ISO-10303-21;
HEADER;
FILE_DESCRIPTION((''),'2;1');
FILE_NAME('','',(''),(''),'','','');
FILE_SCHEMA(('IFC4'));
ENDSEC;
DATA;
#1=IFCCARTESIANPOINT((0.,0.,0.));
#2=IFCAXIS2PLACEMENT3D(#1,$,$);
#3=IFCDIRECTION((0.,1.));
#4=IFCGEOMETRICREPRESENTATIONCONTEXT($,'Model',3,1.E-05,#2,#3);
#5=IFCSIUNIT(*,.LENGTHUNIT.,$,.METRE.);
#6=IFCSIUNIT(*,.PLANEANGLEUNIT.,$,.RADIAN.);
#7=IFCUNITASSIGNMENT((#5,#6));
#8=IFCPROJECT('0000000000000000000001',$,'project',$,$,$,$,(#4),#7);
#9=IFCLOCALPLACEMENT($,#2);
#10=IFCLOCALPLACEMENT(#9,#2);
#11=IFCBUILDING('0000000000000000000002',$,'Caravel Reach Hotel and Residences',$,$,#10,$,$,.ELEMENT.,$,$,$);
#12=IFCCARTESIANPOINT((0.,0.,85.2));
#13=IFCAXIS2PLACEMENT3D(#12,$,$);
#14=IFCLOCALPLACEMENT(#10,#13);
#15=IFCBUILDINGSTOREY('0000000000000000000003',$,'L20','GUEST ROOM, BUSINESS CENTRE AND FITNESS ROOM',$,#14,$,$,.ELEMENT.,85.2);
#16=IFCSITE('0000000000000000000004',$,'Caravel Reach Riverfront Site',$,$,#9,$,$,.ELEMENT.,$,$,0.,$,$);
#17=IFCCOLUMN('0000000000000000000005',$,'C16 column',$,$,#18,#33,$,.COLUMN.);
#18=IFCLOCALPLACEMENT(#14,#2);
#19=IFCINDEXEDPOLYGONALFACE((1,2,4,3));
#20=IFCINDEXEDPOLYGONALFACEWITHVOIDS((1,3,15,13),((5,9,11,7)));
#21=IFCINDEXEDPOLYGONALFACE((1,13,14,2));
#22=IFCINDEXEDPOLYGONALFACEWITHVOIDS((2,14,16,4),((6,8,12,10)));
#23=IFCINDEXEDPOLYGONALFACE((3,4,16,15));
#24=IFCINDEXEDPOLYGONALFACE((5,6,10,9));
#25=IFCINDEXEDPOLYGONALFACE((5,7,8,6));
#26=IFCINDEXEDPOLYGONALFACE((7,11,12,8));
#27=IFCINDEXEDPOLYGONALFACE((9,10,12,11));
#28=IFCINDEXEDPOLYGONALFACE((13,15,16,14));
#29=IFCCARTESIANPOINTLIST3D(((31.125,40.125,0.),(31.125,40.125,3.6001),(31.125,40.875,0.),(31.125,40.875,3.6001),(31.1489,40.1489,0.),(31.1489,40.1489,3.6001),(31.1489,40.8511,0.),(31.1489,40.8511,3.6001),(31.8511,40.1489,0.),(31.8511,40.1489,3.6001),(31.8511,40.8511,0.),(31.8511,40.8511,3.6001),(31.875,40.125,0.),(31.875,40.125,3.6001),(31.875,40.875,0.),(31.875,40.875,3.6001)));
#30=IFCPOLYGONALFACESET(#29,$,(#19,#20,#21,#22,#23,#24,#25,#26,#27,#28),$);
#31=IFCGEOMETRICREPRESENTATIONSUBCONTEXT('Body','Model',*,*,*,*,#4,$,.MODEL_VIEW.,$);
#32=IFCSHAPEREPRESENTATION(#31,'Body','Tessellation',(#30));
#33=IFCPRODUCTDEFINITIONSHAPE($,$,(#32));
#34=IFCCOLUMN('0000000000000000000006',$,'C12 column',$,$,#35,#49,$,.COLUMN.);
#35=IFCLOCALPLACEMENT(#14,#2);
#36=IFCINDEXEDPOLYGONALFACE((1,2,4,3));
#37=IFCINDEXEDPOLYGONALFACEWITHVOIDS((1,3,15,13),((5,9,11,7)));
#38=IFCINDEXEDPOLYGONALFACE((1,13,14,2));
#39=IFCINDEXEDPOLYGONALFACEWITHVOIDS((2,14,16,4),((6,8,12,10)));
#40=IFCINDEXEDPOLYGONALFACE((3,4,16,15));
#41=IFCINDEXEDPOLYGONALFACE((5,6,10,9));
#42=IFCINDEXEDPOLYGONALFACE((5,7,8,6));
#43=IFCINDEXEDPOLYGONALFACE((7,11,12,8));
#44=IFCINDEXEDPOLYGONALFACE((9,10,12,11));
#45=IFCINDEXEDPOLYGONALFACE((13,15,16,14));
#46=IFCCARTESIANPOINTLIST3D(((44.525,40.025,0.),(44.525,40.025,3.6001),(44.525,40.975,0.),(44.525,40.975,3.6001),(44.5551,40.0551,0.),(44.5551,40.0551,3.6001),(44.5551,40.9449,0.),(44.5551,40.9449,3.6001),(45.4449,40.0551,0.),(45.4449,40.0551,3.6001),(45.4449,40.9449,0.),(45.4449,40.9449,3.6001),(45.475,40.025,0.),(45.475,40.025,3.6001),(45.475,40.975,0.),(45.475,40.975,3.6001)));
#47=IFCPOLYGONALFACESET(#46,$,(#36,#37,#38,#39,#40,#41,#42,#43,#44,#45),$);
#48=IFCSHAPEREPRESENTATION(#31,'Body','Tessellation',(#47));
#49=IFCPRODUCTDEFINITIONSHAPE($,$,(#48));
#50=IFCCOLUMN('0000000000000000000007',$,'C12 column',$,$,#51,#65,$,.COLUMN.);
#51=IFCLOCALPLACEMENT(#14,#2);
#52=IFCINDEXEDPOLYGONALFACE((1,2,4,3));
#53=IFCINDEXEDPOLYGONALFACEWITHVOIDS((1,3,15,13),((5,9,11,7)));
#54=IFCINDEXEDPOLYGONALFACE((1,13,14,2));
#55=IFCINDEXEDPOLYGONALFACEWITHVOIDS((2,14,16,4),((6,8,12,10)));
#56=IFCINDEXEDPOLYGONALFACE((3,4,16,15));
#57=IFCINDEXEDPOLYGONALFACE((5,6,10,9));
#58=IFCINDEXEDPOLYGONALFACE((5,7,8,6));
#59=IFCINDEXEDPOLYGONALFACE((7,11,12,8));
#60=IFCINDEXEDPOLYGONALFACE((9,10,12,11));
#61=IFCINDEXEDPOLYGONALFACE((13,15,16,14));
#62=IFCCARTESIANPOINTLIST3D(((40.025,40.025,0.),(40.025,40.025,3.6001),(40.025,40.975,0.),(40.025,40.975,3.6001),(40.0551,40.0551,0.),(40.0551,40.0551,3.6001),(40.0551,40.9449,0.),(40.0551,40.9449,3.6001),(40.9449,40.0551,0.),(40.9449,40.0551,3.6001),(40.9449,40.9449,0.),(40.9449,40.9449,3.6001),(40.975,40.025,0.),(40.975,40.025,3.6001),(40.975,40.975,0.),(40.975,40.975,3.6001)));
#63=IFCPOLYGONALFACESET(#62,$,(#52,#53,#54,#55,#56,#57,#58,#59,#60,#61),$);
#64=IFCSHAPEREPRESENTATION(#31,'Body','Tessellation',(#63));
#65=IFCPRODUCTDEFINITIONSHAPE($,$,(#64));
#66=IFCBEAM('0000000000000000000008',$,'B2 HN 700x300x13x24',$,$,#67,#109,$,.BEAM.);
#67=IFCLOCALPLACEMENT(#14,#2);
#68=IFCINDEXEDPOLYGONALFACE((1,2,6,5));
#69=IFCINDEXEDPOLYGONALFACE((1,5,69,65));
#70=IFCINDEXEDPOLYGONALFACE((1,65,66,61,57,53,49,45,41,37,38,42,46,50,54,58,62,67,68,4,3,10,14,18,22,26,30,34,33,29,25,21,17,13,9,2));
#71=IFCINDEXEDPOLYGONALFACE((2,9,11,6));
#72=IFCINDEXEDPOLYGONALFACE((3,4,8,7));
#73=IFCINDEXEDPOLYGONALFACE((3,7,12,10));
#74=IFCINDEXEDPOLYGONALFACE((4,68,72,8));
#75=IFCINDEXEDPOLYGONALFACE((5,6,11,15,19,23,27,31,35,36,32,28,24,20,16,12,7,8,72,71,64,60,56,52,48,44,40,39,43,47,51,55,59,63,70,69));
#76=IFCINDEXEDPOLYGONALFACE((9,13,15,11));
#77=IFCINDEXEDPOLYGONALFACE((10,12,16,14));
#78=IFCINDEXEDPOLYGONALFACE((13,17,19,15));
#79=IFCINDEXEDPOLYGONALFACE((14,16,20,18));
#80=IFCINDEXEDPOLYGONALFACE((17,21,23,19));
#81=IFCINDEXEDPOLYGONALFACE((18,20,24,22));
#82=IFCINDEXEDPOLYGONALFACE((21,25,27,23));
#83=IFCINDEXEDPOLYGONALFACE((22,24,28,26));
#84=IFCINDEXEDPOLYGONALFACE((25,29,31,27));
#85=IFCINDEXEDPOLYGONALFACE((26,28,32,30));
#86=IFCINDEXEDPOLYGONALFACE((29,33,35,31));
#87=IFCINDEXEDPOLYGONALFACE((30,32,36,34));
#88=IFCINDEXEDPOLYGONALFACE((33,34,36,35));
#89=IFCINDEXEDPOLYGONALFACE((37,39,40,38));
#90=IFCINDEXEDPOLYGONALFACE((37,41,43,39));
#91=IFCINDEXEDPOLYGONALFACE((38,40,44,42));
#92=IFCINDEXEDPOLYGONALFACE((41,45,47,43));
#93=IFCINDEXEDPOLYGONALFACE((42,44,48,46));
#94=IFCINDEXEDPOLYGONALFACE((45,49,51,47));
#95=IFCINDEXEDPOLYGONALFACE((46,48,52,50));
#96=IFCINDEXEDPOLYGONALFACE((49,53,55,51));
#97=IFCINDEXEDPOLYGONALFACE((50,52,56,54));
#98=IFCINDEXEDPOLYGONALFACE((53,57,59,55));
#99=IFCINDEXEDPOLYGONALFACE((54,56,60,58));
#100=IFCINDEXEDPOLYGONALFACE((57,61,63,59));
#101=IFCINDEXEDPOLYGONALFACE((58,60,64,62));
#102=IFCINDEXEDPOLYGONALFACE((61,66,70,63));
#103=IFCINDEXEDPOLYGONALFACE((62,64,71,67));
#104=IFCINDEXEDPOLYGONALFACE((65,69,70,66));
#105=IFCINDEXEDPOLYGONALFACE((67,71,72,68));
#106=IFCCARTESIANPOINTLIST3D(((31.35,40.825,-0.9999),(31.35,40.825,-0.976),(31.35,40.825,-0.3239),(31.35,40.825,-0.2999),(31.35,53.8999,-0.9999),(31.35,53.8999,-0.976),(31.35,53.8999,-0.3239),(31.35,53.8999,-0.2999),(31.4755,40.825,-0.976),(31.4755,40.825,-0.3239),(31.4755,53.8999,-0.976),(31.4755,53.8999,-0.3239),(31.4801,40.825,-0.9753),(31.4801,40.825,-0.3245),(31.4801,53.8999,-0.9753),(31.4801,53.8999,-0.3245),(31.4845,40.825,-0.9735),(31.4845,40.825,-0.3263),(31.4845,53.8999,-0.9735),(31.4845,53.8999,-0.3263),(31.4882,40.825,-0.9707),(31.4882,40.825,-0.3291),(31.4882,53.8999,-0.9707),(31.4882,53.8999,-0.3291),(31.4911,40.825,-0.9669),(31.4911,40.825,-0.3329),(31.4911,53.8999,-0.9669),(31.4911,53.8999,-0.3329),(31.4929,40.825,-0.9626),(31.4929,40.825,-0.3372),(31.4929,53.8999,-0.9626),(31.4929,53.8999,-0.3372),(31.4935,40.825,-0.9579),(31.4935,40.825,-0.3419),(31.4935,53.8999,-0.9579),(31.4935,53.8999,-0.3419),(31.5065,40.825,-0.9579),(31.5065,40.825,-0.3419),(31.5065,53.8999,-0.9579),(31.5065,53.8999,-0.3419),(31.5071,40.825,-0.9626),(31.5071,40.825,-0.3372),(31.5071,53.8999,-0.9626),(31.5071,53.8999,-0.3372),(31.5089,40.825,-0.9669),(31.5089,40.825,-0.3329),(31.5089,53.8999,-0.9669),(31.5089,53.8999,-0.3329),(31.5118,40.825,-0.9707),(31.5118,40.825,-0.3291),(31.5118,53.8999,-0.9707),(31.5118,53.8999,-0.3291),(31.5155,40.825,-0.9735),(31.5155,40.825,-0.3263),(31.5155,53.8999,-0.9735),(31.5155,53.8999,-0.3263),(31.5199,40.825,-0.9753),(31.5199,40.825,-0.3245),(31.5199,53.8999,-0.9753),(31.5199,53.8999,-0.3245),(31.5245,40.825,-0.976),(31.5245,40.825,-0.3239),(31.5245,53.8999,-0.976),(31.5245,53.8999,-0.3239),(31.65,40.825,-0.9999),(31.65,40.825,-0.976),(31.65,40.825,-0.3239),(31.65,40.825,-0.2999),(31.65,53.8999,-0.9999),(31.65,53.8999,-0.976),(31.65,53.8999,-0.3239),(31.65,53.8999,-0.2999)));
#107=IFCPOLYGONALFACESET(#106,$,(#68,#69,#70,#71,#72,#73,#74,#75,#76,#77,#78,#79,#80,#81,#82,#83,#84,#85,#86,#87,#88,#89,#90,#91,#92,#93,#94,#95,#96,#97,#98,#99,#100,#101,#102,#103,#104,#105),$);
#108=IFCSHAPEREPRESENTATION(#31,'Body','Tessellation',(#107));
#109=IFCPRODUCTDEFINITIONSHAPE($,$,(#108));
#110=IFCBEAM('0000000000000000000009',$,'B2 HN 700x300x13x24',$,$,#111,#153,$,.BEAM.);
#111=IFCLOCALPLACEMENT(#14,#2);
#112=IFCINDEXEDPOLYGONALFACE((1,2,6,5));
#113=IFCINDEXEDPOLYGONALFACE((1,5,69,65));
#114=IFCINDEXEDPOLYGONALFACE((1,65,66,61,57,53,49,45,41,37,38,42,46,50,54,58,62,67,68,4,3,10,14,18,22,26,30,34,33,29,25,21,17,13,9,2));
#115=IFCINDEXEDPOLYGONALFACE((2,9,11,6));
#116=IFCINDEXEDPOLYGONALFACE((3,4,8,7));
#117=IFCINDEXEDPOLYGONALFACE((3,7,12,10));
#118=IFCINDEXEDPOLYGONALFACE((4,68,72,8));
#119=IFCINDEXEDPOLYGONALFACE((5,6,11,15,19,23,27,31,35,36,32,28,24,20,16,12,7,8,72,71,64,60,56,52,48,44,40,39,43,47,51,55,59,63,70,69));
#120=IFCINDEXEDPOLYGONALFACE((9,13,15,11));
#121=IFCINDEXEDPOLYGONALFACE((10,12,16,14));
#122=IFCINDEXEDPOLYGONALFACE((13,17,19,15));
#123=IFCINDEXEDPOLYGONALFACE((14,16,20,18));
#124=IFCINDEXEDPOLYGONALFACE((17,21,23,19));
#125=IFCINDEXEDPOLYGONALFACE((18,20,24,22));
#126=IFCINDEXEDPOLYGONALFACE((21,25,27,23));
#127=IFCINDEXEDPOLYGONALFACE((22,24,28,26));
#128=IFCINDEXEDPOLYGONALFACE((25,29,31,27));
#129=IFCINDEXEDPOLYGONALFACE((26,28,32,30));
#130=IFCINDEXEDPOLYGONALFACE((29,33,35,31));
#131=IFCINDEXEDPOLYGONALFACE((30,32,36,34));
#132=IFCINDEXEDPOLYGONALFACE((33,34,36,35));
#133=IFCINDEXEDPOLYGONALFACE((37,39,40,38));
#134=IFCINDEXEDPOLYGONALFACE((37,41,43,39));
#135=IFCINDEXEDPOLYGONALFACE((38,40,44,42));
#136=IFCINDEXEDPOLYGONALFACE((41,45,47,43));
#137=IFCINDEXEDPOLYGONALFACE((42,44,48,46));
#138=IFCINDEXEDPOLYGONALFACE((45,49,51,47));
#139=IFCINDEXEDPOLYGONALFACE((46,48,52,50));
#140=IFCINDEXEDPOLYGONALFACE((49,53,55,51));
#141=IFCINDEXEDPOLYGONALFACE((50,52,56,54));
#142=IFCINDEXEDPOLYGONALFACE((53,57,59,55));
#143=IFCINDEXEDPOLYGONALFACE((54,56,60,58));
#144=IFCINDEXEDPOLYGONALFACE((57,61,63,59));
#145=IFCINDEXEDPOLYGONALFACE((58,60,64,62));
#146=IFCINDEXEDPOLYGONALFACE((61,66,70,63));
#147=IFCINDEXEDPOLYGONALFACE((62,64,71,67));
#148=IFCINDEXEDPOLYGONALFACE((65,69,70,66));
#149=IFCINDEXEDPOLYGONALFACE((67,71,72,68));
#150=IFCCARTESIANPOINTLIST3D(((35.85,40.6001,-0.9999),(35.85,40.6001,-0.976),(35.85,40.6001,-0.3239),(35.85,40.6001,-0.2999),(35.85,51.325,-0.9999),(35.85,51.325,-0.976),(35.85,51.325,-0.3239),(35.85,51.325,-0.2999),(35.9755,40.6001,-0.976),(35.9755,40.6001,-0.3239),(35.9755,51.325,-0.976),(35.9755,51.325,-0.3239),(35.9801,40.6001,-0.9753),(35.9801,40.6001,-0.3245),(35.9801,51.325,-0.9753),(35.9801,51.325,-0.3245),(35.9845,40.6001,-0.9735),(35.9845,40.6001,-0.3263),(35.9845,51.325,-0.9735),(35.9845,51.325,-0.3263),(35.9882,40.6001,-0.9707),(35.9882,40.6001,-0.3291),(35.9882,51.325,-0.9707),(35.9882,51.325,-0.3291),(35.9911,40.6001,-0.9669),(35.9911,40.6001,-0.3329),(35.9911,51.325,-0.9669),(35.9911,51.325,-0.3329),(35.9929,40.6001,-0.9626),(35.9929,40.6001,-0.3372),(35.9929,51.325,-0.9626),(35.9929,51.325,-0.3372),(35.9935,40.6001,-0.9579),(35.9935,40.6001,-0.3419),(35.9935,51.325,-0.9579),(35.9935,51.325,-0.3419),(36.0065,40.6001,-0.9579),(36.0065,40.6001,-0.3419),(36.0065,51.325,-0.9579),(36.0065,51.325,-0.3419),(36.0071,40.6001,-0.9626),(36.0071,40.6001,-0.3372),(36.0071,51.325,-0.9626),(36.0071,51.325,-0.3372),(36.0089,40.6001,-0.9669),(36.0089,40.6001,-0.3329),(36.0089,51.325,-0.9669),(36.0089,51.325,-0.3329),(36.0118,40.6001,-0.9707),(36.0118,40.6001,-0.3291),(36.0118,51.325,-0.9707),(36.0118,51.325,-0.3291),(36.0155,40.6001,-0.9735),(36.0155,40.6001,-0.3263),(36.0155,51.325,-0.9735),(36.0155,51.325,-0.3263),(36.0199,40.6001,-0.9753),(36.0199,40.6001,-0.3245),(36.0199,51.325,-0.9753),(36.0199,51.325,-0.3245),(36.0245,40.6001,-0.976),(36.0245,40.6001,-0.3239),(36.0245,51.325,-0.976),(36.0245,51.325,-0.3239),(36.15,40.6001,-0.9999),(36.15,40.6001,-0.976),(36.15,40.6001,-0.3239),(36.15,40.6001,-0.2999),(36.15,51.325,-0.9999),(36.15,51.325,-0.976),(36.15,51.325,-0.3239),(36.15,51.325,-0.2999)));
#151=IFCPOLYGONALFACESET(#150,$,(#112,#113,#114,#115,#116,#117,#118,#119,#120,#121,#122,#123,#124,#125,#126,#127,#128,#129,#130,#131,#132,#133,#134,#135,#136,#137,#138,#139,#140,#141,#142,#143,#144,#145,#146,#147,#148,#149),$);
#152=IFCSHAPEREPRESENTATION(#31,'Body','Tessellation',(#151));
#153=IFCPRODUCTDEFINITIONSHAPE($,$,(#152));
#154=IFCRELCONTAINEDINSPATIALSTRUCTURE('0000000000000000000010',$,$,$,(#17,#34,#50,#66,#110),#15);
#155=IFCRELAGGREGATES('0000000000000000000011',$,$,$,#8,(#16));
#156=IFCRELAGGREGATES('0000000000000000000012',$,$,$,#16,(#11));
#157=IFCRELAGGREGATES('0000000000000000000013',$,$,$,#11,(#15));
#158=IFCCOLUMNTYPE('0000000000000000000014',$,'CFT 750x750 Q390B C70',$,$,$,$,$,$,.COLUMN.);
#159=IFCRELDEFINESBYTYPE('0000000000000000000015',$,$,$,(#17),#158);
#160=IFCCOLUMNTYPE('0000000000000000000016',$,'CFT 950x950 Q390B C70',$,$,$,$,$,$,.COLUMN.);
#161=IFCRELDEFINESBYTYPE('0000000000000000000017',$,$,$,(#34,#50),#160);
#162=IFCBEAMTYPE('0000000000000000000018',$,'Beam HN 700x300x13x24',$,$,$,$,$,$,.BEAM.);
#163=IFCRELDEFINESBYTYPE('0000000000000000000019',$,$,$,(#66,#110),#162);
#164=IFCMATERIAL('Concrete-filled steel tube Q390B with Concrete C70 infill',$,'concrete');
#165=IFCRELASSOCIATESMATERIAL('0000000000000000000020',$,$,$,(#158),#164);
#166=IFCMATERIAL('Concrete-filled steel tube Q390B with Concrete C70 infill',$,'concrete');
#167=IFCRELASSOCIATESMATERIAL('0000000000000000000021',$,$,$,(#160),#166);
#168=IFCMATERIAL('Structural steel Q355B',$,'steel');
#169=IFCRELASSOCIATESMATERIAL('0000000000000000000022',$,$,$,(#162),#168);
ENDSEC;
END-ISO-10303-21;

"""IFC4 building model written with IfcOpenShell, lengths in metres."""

from ifc_helpers import new_model, si_unit, direction, frame, origin, origin_2d, place, context, subcontext, project, spatial, hollow_rectangle, i_section, extrude, material, material_profile, profile_set, type_object, element, save


model = new_model("IFC4")

# Units and contexts
model_context = context("Model", 3, precision=1e-05, world=origin(), true_north=direction((0.0, 1.0)))
body_context = subcontext(model_context, "Body", "Model", "MODEL_VIEW")
ifc_project = project(units=[si_unit("LENGTHUNIT", "METRE"), si_unit("PLANEANGLEUNIT", "RADIAN")], contexts=[model_context])

# Site, building, storey
site_placement = place(None, origin())
site = spatial("IfcSite", under=ifc_project, at=site_placement, Name="Caravel Reach Riverfront Site", CompositionType="ELEMENT", RefElevation=0.0)
building_placement = place(site_placement, origin())
building = spatial("IfcBuilding", under=site, at=building_placement, Name="Caravel Reach Hotel and Residences", CompositionType="ELEMENT")
storey_placement = place(building_placement, frame((0.0, 0.0, 85.2)))
storey = spatial("IfcBuildingStorey", under=building, at=storey_placement, Name="L20", Description="GUEST ROOM, BUSINESS CENTRE AND FITNESS ROOM", CompositionType="ELEMENT", Elevation=85.2)

# Columns
ifc_material_1 = material(Name="Concrete-filled steel tube Q390B with Concrete C70 infill", Category="concrete")
ifc_material_profile_1 = material_profile(ifc_material_1, hollow_rectangle(XDim=0.75, YDim=0.75, WallThickness=0.0239, at=origin_2d()), Name="RHS 750x750x24")
ifc_profile_set_1 = profile_set([ifc_material_profile_1], Name="Concrete-filled steel tube Q390B with Concrete C70 infill")
column_type_1 = type_object("IfcColumnType", Name="CFT 750x750 Q390B C70", PredefinedType="COLUMN", material=ifc_profile_set_1)
column_placement = place(storey_placement, frame((31.5, 40.5, 0.0), z_axis=(0.0, 0.0, 1.0), x_axis=(1.0, 0.0, 0.0)))
element("IfcColumn", 1, at=column_placement, inside=storey, type_object=column_type_1, Name="C16 column", PredefinedType="COLUMN", context=body_context, shape_type="SweptSolid", body=[
    extrude(hollow_rectangle(XDim=0.75, YDim=0.75, WallThickness=0.0239, at=origin_2d()), origin(), (0.0, 0.0, 1.0), 3.6001),
])
ifc_material_2 = material(Name="Concrete-filled steel tube Q390B with Concrete C70 infill", Category="concrete")
ifc_material_profile_2 = material_profile(ifc_material_2, hollow_rectangle(XDim=0.95, YDim=0.95, WallThickness=0.03, at=origin_2d()), Name="RHS 950x950x30")
ifc_profile_set_2 = profile_set([ifc_material_profile_2], Name="Concrete-filled steel tube Q390B with Concrete C70 infill")
column_type_2 = type_object("IfcColumnType", Name="CFT 950x950 Q390B C70", PredefinedType="COLUMN", material=ifc_profile_set_2)
for number, where, z_axis, x_axis, name in (
    (2, (45.0, 40.5, 0.0), (0.0, 0.0, 1.0), (1.0, 0.0, 0.0), "C12 column"),
    (3, (40.5, 40.5, 0.0), (0.0, 0.0, 1.0), (1.0, 0.0, 0.0), "C12 column"),
):
    element("IfcColumn", number, at=place(storey_placement, frame(where, z_axis=z_axis, x_axis=x_axis)), inside=storey, type_object=column_type_2, Name=name, PredefinedType="COLUMN", context=body_context, shape_type="SweptSolid", body=[
        extrude(hollow_rectangle(XDim=0.95, YDim=0.95, WallThickness=0.03, at=origin_2d()), origin(), (0.0, 0.0, 1.0), 3.6001),
    ])

# Beams
ifc_material_3 = material(Name="Structural steel Q355B", Category="steel")
ifc_material_profile_3 = material_profile(ifc_material_3, i_section(OverallWidth=0.3, OverallDepth=0.7, WebThickness=0.0129, FlangeThickness=0.0239, FilletRadius=0.0181, at=origin_2d()), Name="HN 700x300x13x24")
ifc_profile_set_3 = profile_set([ifc_material_profile_3], Name="Structural steel Q355B")
beam_type_1 = type_object("IfcBeamType", Name="Beam HN 700x300x13x24", PredefinedType="BEAM", material=ifc_profile_set_3)
beam_1_placement = place(storey_placement, frame((31.5, 40.825, -0.6499), z_axis=(0.0, 1.0, 0.0), x_axis=(-1.0, 0.0, 0.0)))
element("IfcBeam", 4, at=beam_1_placement, inside=storey, type_object=beam_type_1, Name="B2 HN 700x300x13x24", PredefinedType="BEAM", context=body_context, shape_type="SweptSolid", body=[
    extrude(i_section(OverallWidth=0.3, OverallDepth=0.7, WebThickness=0.0129, FlangeThickness=0.0239, FilletRadius=0.0181, at=origin_2d()), origin(), (0.0, 0.0, 1.0), 13.075),
])
beam_2_placement = place(storey_placement, frame((36.0, 40.6001, -0.6499), z_axis=(0.0, 1.0, 0.0), x_axis=(-1.0, 0.0, 0.0)))
element("IfcBeam", 5, at=beam_2_placement, inside=storey, type_object=beam_type_1, Name="B2 HN 700x300x13x24", PredefinedType="BEAM", context=body_context, shape_type="SweptSolid", body=[
    extrude(i_section(OverallWidth=0.3, OverallDepth=0.7, WebThickness=0.0129, FlangeThickness=0.0239, FilletRadius=0.0181, at=origin_2d()), origin(), (0.0, 0.0, 1.0), 10.7249),
])

save(model, "model.ifc")
